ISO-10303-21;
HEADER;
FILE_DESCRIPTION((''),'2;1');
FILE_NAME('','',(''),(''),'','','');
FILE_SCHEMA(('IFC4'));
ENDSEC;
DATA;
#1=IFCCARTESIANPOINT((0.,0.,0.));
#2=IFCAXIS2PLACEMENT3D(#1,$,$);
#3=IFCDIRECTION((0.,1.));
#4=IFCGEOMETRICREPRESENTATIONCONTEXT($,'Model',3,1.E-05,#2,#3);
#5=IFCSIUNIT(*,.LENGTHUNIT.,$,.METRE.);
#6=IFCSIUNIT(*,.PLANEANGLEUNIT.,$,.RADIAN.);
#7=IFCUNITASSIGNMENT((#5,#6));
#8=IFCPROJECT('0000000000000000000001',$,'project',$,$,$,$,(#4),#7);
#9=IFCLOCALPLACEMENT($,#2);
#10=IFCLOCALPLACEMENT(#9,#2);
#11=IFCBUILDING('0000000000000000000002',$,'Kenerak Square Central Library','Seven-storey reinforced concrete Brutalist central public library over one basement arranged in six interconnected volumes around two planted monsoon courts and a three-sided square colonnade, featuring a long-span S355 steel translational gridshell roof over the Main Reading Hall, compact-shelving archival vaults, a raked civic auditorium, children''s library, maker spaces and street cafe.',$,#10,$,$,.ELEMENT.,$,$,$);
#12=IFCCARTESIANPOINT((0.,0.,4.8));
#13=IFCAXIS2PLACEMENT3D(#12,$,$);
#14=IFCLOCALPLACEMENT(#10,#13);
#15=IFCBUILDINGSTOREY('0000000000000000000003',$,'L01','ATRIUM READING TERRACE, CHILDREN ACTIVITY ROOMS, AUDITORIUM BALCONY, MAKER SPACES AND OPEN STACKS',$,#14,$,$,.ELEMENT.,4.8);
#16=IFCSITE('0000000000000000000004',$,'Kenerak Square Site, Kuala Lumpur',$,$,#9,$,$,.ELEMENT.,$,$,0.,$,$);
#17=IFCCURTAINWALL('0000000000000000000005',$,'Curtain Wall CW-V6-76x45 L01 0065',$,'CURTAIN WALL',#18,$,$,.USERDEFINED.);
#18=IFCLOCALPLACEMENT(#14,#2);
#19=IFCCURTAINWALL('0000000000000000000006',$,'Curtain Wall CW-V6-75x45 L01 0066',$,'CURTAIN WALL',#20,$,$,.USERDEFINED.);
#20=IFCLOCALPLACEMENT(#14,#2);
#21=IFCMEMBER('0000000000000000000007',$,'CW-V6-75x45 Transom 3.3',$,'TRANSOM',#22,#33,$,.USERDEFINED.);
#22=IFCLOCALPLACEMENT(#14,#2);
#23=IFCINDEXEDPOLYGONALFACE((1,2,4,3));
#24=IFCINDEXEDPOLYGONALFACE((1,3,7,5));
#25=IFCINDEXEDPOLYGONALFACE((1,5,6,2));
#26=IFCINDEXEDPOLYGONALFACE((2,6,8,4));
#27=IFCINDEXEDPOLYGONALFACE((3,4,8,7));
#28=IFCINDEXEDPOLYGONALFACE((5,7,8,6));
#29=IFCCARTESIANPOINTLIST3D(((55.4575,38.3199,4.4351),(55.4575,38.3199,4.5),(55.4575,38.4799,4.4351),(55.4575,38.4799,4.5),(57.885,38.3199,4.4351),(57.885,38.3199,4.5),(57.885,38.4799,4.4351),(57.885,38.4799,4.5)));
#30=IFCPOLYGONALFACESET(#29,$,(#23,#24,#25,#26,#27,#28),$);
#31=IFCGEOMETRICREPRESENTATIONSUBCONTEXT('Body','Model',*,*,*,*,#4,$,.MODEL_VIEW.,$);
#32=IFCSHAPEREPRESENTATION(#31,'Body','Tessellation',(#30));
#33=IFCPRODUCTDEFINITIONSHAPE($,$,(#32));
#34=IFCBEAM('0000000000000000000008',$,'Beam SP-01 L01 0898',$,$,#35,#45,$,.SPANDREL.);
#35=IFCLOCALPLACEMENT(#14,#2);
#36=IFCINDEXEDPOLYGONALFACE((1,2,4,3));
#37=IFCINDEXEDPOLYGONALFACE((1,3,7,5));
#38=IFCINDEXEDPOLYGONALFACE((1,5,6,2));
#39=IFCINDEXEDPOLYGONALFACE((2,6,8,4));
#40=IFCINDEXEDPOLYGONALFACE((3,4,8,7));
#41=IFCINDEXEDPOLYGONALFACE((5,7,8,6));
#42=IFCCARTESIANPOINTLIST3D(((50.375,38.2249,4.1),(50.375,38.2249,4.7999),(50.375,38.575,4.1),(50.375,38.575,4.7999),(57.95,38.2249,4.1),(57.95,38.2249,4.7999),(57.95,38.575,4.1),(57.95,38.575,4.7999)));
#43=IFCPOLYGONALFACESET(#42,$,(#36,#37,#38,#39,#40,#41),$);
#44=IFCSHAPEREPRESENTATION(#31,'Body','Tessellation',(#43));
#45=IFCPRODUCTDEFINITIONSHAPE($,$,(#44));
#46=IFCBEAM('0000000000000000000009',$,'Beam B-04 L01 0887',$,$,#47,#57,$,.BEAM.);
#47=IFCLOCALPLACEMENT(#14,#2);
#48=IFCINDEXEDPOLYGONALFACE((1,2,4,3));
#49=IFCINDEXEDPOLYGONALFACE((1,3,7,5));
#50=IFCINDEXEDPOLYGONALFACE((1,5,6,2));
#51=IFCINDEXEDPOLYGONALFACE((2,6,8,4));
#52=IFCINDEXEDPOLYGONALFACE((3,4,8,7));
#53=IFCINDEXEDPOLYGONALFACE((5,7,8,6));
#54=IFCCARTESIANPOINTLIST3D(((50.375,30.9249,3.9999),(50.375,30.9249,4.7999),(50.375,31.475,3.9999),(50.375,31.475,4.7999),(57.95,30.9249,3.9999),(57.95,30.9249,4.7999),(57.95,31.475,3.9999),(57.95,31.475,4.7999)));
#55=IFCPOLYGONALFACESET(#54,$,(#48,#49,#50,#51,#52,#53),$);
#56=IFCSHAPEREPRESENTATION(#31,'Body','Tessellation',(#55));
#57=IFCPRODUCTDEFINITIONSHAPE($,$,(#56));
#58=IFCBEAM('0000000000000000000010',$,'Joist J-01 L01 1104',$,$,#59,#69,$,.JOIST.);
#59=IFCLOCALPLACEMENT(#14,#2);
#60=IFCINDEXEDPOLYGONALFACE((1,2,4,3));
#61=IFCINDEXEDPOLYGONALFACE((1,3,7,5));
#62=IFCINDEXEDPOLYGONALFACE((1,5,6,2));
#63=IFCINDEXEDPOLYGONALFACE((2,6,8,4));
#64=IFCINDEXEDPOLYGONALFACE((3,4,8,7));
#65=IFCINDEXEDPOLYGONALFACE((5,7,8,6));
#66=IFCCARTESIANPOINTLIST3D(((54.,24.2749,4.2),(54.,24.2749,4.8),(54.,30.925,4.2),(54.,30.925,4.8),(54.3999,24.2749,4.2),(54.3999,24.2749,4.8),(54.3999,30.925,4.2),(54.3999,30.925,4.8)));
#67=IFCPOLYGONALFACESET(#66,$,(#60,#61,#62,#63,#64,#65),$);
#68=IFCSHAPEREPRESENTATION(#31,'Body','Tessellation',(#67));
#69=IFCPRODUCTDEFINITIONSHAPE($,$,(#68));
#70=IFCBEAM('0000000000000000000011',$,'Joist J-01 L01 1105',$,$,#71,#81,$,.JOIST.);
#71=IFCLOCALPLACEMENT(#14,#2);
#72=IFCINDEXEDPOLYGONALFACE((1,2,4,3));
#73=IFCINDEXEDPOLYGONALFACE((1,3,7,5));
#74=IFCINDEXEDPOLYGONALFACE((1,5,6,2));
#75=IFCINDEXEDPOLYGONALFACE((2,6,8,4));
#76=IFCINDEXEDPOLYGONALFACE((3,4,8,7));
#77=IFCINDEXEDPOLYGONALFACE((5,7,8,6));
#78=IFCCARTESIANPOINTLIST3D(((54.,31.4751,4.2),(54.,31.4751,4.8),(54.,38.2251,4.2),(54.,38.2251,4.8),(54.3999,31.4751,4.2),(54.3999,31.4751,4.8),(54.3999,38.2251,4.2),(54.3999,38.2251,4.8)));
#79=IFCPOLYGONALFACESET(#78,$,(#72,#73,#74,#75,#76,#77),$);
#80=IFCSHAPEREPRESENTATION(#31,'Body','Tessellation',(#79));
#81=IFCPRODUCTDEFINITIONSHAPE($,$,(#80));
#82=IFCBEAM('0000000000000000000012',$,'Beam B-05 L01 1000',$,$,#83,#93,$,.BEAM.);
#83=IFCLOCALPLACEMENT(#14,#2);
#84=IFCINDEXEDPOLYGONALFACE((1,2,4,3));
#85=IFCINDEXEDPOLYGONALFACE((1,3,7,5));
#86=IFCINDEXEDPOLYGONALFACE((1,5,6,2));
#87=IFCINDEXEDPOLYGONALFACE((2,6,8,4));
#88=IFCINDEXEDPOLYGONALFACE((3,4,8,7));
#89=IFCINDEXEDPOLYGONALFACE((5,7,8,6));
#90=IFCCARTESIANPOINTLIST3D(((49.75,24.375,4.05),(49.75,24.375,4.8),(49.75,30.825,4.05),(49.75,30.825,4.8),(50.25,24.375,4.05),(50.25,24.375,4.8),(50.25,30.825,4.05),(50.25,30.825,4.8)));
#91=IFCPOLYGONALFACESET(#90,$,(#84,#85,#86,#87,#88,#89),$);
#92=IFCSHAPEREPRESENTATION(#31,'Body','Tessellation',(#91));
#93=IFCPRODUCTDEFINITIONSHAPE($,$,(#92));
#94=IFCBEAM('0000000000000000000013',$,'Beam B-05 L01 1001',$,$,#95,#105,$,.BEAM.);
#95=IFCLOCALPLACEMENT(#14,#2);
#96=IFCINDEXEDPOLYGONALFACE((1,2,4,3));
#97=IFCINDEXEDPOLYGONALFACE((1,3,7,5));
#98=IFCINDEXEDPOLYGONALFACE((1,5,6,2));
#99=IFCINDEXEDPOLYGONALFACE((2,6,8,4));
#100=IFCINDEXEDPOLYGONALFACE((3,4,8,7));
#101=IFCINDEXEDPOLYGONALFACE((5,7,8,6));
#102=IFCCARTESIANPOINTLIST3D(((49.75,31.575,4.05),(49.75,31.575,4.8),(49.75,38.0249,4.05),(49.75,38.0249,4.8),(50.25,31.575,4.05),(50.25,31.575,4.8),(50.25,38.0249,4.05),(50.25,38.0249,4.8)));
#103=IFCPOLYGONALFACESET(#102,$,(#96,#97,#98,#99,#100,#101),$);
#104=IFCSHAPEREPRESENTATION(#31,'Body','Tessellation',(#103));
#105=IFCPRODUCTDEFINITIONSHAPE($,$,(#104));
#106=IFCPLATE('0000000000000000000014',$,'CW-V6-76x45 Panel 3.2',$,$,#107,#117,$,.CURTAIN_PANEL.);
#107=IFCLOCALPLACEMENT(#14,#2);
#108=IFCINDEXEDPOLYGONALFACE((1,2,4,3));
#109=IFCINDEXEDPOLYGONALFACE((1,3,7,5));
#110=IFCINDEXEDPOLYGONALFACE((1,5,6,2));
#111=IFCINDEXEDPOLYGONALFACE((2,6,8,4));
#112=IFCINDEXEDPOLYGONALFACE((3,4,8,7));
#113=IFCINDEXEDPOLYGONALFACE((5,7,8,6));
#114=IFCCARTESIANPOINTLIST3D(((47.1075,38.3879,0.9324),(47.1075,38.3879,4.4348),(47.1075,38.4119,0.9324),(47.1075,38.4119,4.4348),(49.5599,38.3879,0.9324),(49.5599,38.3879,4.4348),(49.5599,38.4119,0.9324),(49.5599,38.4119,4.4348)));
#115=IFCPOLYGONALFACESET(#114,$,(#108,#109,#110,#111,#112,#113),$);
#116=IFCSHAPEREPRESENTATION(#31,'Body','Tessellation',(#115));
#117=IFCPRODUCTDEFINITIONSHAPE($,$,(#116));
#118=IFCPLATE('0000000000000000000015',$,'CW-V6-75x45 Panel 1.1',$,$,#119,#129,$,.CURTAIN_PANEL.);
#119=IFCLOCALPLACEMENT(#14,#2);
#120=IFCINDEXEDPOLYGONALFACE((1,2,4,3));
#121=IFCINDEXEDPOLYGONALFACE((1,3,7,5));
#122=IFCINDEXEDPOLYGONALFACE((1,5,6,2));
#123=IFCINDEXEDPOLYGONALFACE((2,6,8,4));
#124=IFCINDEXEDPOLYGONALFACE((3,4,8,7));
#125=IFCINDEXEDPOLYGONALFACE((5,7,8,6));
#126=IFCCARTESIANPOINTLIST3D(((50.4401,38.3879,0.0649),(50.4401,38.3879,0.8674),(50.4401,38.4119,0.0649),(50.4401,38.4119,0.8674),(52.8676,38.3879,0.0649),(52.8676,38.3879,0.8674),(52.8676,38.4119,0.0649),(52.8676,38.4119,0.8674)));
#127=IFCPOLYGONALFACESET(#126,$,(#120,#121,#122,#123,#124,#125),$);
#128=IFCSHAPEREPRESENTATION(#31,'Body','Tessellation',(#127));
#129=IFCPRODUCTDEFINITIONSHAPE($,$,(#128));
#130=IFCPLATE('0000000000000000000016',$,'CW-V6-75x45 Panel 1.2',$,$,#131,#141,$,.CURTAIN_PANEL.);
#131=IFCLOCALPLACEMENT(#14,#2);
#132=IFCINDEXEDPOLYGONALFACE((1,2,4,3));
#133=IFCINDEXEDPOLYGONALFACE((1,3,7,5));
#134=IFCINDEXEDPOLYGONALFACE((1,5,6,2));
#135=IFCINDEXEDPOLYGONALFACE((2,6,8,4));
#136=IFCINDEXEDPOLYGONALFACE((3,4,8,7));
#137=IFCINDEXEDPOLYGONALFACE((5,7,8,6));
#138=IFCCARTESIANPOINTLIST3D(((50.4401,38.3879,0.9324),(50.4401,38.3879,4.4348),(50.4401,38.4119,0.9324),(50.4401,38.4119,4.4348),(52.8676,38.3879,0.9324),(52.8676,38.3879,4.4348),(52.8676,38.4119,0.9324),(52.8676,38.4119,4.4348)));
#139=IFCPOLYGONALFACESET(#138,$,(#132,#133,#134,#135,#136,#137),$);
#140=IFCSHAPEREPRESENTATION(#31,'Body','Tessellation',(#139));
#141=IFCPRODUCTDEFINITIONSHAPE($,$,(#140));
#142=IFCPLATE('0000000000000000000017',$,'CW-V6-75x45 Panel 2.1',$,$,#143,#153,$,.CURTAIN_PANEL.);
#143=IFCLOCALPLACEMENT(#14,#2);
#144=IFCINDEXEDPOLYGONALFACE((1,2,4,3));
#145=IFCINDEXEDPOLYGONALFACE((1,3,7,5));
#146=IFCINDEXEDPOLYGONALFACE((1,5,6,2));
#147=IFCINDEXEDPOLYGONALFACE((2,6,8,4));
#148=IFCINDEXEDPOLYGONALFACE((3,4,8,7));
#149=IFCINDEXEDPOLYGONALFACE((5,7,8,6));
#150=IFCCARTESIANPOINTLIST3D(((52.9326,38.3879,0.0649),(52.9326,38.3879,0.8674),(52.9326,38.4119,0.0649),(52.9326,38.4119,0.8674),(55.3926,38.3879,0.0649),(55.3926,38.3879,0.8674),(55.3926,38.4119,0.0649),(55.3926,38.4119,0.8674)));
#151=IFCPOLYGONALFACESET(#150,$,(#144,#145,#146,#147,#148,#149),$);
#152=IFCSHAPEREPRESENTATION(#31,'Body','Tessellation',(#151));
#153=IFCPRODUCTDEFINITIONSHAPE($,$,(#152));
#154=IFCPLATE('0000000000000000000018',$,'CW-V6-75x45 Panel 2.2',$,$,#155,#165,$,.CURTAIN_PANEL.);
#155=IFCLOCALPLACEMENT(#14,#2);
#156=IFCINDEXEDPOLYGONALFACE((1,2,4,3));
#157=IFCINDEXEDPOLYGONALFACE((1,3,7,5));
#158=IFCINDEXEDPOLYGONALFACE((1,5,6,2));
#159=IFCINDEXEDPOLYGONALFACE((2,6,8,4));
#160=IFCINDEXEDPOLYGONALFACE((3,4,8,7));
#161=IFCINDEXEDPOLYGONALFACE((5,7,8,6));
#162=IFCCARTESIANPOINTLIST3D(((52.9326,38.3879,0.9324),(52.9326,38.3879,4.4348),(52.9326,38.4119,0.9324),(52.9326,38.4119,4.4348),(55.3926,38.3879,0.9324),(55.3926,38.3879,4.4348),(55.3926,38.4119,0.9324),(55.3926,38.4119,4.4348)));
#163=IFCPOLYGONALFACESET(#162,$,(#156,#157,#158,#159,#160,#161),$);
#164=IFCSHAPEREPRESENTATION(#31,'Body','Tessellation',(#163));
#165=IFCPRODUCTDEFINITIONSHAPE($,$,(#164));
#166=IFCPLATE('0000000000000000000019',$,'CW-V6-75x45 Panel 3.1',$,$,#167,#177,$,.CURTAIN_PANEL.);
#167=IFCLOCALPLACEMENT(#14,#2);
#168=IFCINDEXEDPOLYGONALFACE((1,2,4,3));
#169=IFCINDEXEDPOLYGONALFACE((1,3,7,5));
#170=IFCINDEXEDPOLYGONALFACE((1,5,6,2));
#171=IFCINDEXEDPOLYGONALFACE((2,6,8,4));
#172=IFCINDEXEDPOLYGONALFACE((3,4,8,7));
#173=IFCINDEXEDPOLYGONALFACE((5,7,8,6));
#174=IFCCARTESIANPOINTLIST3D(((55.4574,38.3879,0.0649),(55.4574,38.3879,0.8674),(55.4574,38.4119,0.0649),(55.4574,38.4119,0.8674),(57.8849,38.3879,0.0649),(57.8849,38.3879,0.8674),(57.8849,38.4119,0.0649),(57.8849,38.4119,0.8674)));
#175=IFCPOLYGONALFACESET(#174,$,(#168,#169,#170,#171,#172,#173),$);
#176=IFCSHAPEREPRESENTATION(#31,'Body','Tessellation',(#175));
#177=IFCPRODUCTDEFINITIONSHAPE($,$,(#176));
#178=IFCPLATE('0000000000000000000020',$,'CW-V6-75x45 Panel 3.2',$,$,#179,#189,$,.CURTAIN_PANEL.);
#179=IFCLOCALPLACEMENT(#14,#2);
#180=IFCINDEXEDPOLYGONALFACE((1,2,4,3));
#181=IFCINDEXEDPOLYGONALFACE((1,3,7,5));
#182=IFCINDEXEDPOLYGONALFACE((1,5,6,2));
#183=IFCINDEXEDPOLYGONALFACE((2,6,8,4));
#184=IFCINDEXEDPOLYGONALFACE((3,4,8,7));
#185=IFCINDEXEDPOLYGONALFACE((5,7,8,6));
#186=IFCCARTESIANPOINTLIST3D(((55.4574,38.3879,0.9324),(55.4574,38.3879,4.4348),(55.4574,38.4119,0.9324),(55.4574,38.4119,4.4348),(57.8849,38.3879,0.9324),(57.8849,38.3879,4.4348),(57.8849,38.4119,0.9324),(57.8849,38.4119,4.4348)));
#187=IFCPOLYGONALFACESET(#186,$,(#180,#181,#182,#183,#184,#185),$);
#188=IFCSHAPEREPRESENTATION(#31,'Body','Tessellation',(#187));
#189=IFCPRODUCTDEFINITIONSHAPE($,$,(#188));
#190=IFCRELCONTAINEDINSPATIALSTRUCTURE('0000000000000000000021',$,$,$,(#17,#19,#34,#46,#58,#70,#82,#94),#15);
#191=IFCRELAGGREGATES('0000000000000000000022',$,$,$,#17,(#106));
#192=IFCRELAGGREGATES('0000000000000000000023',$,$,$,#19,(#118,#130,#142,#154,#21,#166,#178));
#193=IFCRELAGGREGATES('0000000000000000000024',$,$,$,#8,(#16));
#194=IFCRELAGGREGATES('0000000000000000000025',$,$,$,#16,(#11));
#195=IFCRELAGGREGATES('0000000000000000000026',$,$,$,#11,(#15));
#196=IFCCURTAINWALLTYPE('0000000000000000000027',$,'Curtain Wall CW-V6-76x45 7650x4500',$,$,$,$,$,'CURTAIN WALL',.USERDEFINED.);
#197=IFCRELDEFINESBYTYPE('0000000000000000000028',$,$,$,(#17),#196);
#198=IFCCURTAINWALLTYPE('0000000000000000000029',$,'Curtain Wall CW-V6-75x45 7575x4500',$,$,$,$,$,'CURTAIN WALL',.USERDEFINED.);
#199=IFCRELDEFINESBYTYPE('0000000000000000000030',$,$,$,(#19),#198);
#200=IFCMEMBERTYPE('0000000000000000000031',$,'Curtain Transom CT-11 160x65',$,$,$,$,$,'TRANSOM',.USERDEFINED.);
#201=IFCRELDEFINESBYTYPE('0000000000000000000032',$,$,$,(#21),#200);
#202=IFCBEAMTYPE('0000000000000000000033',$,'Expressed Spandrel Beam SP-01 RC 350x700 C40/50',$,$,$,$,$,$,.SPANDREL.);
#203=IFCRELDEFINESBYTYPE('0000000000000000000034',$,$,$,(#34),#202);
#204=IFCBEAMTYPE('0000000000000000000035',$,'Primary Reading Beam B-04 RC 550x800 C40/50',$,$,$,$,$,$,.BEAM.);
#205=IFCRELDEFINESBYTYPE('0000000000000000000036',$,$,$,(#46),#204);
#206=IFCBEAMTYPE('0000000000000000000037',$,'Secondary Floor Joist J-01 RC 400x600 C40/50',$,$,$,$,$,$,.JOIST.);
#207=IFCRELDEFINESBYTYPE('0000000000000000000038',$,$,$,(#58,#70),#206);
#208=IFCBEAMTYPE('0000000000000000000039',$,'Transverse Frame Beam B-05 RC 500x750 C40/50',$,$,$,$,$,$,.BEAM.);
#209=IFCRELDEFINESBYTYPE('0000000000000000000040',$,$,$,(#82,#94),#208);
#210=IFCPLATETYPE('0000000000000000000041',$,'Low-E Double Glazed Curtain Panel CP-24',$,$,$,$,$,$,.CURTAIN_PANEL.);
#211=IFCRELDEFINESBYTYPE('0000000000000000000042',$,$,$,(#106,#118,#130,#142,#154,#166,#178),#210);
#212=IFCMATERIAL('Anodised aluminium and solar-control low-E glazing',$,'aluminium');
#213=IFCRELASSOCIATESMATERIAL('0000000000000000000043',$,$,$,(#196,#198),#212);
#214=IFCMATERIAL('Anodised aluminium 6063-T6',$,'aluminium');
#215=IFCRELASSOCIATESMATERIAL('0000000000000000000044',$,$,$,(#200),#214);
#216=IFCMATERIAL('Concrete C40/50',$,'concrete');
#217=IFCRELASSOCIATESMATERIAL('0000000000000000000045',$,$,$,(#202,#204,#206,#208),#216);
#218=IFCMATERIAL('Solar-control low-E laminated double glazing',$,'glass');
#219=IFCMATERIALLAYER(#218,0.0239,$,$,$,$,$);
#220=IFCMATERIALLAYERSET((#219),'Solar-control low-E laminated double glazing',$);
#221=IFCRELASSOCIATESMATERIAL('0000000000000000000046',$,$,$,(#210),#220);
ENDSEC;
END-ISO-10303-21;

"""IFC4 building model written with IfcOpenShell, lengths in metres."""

from ifc_helpers import new_model, si_unit, direction, frame, origin, origin_2d, place, context, subcontext, project, spatial, rectangle, extrude, material, layer, layer_set, material_profile, profile_set, type_object, element, aggregate, save


model = new_model("IFC4")

# Units and contexts
model_context = context("Model", 3, precision=1e-05, world=origin(), true_north=direction((0.0, 1.0)))
body_context = subcontext(model_context, "Body", "Model", "MODEL_VIEW")
ifc_project = project(units=[si_unit("LENGTHUNIT", "METRE"), si_unit("PLANEANGLEUNIT", "RADIAN")], contexts=[model_context])

# Site, building, storey
site_placement = place(None, origin())
site = spatial("IfcSite", under=ifc_project, at=site_placement, Name="Kenerak Square Site, Kuala Lumpur", CompositionType="ELEMENT", RefElevation=0.0)
building_placement = place(site_placement, origin())
building = spatial("IfcBuilding", under=site, at=building_placement, Name="Kenerak Square Central Library", Description="Seven-storey reinforced concrete Brutalist central public library over one basement arranged in six interconnected volumes around two planted monsoon courts and a three-sided square colonnade, featuring a long-span S355 steel translational gridshell roof over the Main Reading Hall, compact-shelving archival vaults, a raked civic auditorium, children's library, maker spaces and street cafe.", CompositionType="ELEMENT")
storey_placement = place(building_placement, frame((0.0, 0.0, 4.8)))
storey = spatial("IfcBuildingStorey", under=building, at=storey_placement, Name="L01", Description="ATRIUM READING TERRACE, CHILDREN ACTIVITY ROOMS, AUDITORIUM BALCONY, MAKER SPACES AND OPEN STACKS", CompositionType="ELEMENT", Elevation=4.8)

# Shared definitions
ifc_material_1 = material(Name="Concrete C40/50", Category="concrete")

# Curtain wall
ifc_material_2 = material(Name="Anodised aluminium and solar-control low-E glazing", Category="aluminium")
curtain_wall_type_1 = type_object("IfcCurtainWallType", Name="Curtain Wall CW-V6-76x45 7650x4500", ElementType="CURTAIN WALL", PredefinedType="USERDEFINED", material=ifc_material_2)
curtain_wall_1_placement = place(storey_placement, origin())
curtain_wall_1 = element("IfcCurtainWall", 1, at=curtain_wall_1_placement, inside=storey, type_object=curtain_wall_type_1, Name="Curtain Wall CW-V6-76x45 L01 0065", ObjectType="CURTAIN WALL", PredefinedType="USERDEFINED")
ifc_material_3 = material(Name="Anodised aluminium 6063-T6", Category="aluminium")

# Curtain wall, member
curtain_wall_type_2 = type_object("IfcCurtainWallType", Name="Curtain Wall CW-V6-75x45 7575x4500", ElementType="CURTAIN WALL", PredefinedType="USERDEFINED", material=ifc_material_2)
curtain_wall_2_placement = place(storey_placement, origin())
curtain_wall_2 = element("IfcCurtainWall", 2, at=curtain_wall_2_placement, inside=storey, type_object=curtain_wall_type_2, Name="Curtain Wall CW-V6-75x45 L01 0066", ObjectType="CURTAIN WALL", PredefinedType="USERDEFINED")
ifc_material_profile_1 = material_profile(ifc_material_3, rectangle(XDim=0.1599, YDim=0.0649, at=origin_2d()), Name="AL TRANSOM 160x65")
ifc_profile_set_1 = profile_set([ifc_material_profile_1], Name="Anodised aluminium 6063-T6")
member_type_1 = type_object("IfcMemberType", Name="Curtain Transom CT-11 160x65", ElementType="TRANSOM", PredefinedType="USERDEFINED", material=ifc_profile_set_1)
member_1_placement = place(storey_placement, frame((55.4575, 38.3999, 4.4675), z_axis=(1.0, 0.0, 0.0), x_axis=(0.0, 1.0, 0.0)))
member_1 = element("IfcMember", 3, at=member_1_placement, type_object=member_type_1, Name="CW-V6-75x45 Transom 3.3", ObjectType="TRANSOM", PredefinedType="USERDEFINED", context=body_context, shape_type="SweptSolid", body=[
    extrude(rectangle(XDim=0.1599, YDim=0.0649, at=origin_2d()), origin(), (0.0, 0.0, 1.0), 2.4275),
])

# Beams
ifc_material_profile_2 = material_profile(ifc_material_1, rectangle(XDim=0.3501, YDim=0.7, at=origin_2d()), Name="RC 350x700")
ifc_profile_set_2 = profile_set([ifc_material_profile_2], Name="Concrete C40/50")
beam_type_1 = type_object("IfcBeamType", Name="Expressed Spandrel Beam SP-01 RC 350x700 C40/50", PredefinedType="SPANDREL", material=ifc_profile_set_2)
beam_1_placement = place(storey_placement, frame((50.375, 38.3999, 4.45), z_axis=(1.0, 0.0, 0.0), x_axis=(0.0, 1.0, 0.0)))
element("IfcBeam", 4, at=beam_1_placement, inside=storey, type_object=beam_type_1, Name="Beam SP-01 L01 0898", PredefinedType="SPANDREL", context=body_context, shape_type="SweptSolid", body=[
    extrude(rectangle(XDim=0.3501, YDim=0.7, at=origin_2d()), origin(), (0.0, 0.0, 1.0), 7.575),
])
ifc_material_profile_3 = material_profile(ifc_material_1, rectangle(XDim=0.55, YDim=0.8, at=origin_2d()), Name="RC 550x800")
ifc_profile_set_3 = profile_set([ifc_material_profile_3], Name="Concrete C40/50")
beam_type_2 = type_object("IfcBeamType", Name="Primary Reading Beam B-04 RC 550x800 C40/50", PredefinedType="BEAM", material=ifc_profile_set_3)
beam_2_placement = place(storey_placement, frame((50.375, 31.2, 4.3999), z_axis=(1.0, 0.0, 0.0), x_axis=(0.0, 1.0, 0.0)))
element("IfcBeam", 5, at=beam_2_placement, inside=storey, type_object=beam_type_2, Name="Beam B-04 L01 0887", PredefinedType="BEAM", context=body_context, shape_type="SweptSolid", body=[
    extrude(rectangle(XDim=0.55, YDim=0.8, at=origin_2d()), origin(), (0.0, 0.0, 1.0), 7.575),
])
ifc_material_profile_4 = material_profile(ifc_material_1, rectangle(XDim=0.3999, YDim=0.6001, at=origin_2d()), Name="RC 400x600")
ifc_profile_set_4 = profile_set([ifc_material_profile_4], Name="Concrete C40/50")
beam_type_3 = type_object("IfcBeamType", Name="Secondary Floor Joist J-01 RC 400x600 C40/50", PredefinedType="JOIST", material=ifc_profile_set_4)
beam_3_placement = place(storey_placement, frame((54.2, 24.2749, 4.5), z_axis=(0.0, 1.0, 0.0), x_axis=(-1.0, 0.0, 0.0)))
element("IfcBeam", 6, at=beam_3_placement, inside=storey, type_object=beam_type_3, Name="Joist J-01 L01 1104", PredefinedType="JOIST", context=body_context, shape_type="SweptSolid", body=[
    extrude(rectangle(XDim=0.3999, YDim=0.6001, at=origin_2d()), origin(), (0.0, 0.0, 1.0), 6.6501),
])
beam_4_placement = place(storey_placement, frame((54.2, 31.4751, 4.5), z_axis=(0.0, 1.0, 0.0), x_axis=(-1.0, 0.0, 0.0)))
element("IfcBeam", 7, at=beam_4_placement, inside=storey, type_object=beam_type_3, Name="Joist J-01 L01 1105", PredefinedType="JOIST", context=body_context, shape_type="SweptSolid", body=[
    extrude(rectangle(XDim=0.3999, YDim=0.6001, at=origin_2d()), origin(), (0.0, 0.0, 1.0), 6.75),
])
ifc_material_profile_5 = material_profile(ifc_material_1, rectangle(XDim=0.5, YDim=0.75, at=origin_2d()), Name="RC 500x750")
ifc_profile_set_5 = profile_set([ifc_material_profile_5], Name="Concrete C40/50")
beam_type_4 = type_object("IfcBeamType", Name="Transverse Frame Beam B-05 RC 500x750 C40/50", PredefinedType="BEAM", material=ifc_profile_set_5)
for number, where, z_axis, x_axis, name in (
    (8, (50.0, 24.375, 4.425), (0.0, 1.0, 0.0), (-1.0, 0.0, 0.0), "Beam B-05 L01 1000"),
    (9, (50.0, 31.575, 4.425), (0.0, 1.0, 0.0), (-1.0, 0.0, 0.0), "Beam B-05 L01 1001"),
):
    element("IfcBeam", number, at=place(storey_placement, frame(where, z_axis=z_axis, x_axis=x_axis)), inside=storey, type_object=beam_type_4, Name=name, PredefinedType="BEAM", context=body_context, shape_type="SweptSolid", body=[
        extrude(rectangle(XDim=0.5, YDim=0.75, at=origin_2d()), origin(), (0.0, 0.0, 1.0), 6.45),
    ])

# Plates
ifc_material_4 = material(Name="Solar-control low-E laminated double glazing", Category="glass")
ifc_layer_1 = layer(ifc_material_4, 0.0239)
ifc_layer_set_1 = layer_set([ifc_layer_1], Name="Solar-control low-E laminated double glazing")
plate_type = type_object("IfcPlateType", Name="Low-E Double Glazed Curtain Panel CP-24", PredefinedType="CURTAIN_PANEL", material=ifc_layer_set_1)
plate_1_placement = place(storey_placement, frame((48.3337, 38.3999, 0.9324), z_axis=(0.0, 0.0, 1.0), x_axis=(1.0, 0.0, 0.0)))
plate_1 = element("IfcPlate", 10, at=plate_1_placement, type_object=plate_type, Name="CW-V6-76x45 Panel 3.2", PredefinedType="CURTAIN_PANEL", context=body_context, shape_type="SweptSolid", body=[
    extrude(rectangle(XDim=2.4524, YDim=0.0239, at=origin_2d()), origin(), (0.0, 0.0, 1.0), 3.5024),
])
aggregate(curtain_wall_1, [plate_1])
plate_2_placement = place(storey_placement, frame((51.6538, 38.3999, 0.0649), z_axis=(0.0, 0.0, 1.0), x_axis=(1.0, 0.0, 0.0)))
plate_2 = element("IfcPlate", 11, at=plate_2_placement, type_object=plate_type, Name="CW-V6-75x45 Panel 1.1", PredefinedType="CURTAIN_PANEL", context=body_context, shape_type="SweptSolid", body=[
    extrude(rectangle(XDim=2.4275, YDim=0.0239, at=origin_2d()), origin(), (0.0, 0.0, 1.0), 0.8025),
])
plate_3_placement = place(storey_placement, frame((51.6538, 38.3999, 0.9324), z_axis=(0.0, 0.0, 1.0), x_axis=(1.0, 0.0, 0.0)))
plate_3 = element("IfcPlate", 12, at=plate_3_placement, type_object=plate_type, Name="CW-V6-75x45 Panel 1.2", PredefinedType="CURTAIN_PANEL", context=body_context, shape_type="SweptSolid", body=[
    extrude(rectangle(XDim=2.4275, YDim=0.0239, at=origin_2d()), origin(), (0.0, 0.0, 1.0), 3.5024),
])
plate_4_placement = place(storey_placement, frame((54.1626, 38.3999, 0.0649), z_axis=(0.0, 0.0, 1.0), x_axis=(1.0, 0.0, 0.0)))
plate_4 = element("IfcPlate", 13, at=plate_4_placement, type_object=plate_type, Name="CW-V6-75x45 Panel 2.1", PredefinedType="CURTAIN_PANEL", context=body_context, shape_type="SweptSolid", body=[
    extrude(rectangle(XDim=2.46, YDim=0.0239, at=origin_2d()), origin(), (0.0, 0.0, 1.0), 0.8025),
])
plate_5_placement = place(storey_placement, frame((54.1626, 38.3999, 0.9324), z_axis=(0.0, 0.0, 1.0), x_axis=(1.0, 0.0, 0.0)))
plate_5 = element("IfcPlate", 14, at=plate_5_placement, type_object=plate_type, Name="CW-V6-75x45 Panel 2.2", PredefinedType="CURTAIN_PANEL", context=body_context, shape_type="SweptSolid", body=[
    extrude(rectangle(XDim=2.46, YDim=0.0239, at=origin_2d()), origin(), (0.0, 0.0, 1.0), 3.5024),
])
plate_6_placement = place(storey_placement, frame((56.6711, 38.3999, 0.0649), z_axis=(0.0, 0.0, 1.0), x_axis=(1.0, 0.0, 0.0)))
plate_6 = element("IfcPlate", 15, at=plate_6_placement, type_object=plate_type, Name="CW-V6-75x45 Panel 3.1", PredefinedType="CURTAIN_PANEL", context=body_context, shape_type="SweptSolid", body=[
    extrude(rectangle(XDim=2.4275, YDim=0.0239, at=origin_2d()), origin(), (0.0, 0.0, 1.0), 0.8025),
])
plate_7_placement = place(storey_placement, frame((56.6711, 38.3999, 0.9324), z_axis=(0.0, 0.0, 1.0), x_axis=(1.0, 0.0, 0.0)))
plate_7 = element("IfcPlate", 16, at=plate_7_placement, type_object=plate_type, Name="CW-V6-75x45 Panel 3.2", PredefinedType="CURTAIN_PANEL", context=body_context, shape_type="SweptSolid", body=[
    extrude(rectangle(XDim=2.4275, YDim=0.0239, at=origin_2d()), origin(), (0.0, 0.0, 1.0), 3.5024),
])
aggregate(curtain_wall_2, [plate_2, plate_3, plate_4, plate_5, member_1, plate_6, plate_7])

save(model, "model.ifc")
